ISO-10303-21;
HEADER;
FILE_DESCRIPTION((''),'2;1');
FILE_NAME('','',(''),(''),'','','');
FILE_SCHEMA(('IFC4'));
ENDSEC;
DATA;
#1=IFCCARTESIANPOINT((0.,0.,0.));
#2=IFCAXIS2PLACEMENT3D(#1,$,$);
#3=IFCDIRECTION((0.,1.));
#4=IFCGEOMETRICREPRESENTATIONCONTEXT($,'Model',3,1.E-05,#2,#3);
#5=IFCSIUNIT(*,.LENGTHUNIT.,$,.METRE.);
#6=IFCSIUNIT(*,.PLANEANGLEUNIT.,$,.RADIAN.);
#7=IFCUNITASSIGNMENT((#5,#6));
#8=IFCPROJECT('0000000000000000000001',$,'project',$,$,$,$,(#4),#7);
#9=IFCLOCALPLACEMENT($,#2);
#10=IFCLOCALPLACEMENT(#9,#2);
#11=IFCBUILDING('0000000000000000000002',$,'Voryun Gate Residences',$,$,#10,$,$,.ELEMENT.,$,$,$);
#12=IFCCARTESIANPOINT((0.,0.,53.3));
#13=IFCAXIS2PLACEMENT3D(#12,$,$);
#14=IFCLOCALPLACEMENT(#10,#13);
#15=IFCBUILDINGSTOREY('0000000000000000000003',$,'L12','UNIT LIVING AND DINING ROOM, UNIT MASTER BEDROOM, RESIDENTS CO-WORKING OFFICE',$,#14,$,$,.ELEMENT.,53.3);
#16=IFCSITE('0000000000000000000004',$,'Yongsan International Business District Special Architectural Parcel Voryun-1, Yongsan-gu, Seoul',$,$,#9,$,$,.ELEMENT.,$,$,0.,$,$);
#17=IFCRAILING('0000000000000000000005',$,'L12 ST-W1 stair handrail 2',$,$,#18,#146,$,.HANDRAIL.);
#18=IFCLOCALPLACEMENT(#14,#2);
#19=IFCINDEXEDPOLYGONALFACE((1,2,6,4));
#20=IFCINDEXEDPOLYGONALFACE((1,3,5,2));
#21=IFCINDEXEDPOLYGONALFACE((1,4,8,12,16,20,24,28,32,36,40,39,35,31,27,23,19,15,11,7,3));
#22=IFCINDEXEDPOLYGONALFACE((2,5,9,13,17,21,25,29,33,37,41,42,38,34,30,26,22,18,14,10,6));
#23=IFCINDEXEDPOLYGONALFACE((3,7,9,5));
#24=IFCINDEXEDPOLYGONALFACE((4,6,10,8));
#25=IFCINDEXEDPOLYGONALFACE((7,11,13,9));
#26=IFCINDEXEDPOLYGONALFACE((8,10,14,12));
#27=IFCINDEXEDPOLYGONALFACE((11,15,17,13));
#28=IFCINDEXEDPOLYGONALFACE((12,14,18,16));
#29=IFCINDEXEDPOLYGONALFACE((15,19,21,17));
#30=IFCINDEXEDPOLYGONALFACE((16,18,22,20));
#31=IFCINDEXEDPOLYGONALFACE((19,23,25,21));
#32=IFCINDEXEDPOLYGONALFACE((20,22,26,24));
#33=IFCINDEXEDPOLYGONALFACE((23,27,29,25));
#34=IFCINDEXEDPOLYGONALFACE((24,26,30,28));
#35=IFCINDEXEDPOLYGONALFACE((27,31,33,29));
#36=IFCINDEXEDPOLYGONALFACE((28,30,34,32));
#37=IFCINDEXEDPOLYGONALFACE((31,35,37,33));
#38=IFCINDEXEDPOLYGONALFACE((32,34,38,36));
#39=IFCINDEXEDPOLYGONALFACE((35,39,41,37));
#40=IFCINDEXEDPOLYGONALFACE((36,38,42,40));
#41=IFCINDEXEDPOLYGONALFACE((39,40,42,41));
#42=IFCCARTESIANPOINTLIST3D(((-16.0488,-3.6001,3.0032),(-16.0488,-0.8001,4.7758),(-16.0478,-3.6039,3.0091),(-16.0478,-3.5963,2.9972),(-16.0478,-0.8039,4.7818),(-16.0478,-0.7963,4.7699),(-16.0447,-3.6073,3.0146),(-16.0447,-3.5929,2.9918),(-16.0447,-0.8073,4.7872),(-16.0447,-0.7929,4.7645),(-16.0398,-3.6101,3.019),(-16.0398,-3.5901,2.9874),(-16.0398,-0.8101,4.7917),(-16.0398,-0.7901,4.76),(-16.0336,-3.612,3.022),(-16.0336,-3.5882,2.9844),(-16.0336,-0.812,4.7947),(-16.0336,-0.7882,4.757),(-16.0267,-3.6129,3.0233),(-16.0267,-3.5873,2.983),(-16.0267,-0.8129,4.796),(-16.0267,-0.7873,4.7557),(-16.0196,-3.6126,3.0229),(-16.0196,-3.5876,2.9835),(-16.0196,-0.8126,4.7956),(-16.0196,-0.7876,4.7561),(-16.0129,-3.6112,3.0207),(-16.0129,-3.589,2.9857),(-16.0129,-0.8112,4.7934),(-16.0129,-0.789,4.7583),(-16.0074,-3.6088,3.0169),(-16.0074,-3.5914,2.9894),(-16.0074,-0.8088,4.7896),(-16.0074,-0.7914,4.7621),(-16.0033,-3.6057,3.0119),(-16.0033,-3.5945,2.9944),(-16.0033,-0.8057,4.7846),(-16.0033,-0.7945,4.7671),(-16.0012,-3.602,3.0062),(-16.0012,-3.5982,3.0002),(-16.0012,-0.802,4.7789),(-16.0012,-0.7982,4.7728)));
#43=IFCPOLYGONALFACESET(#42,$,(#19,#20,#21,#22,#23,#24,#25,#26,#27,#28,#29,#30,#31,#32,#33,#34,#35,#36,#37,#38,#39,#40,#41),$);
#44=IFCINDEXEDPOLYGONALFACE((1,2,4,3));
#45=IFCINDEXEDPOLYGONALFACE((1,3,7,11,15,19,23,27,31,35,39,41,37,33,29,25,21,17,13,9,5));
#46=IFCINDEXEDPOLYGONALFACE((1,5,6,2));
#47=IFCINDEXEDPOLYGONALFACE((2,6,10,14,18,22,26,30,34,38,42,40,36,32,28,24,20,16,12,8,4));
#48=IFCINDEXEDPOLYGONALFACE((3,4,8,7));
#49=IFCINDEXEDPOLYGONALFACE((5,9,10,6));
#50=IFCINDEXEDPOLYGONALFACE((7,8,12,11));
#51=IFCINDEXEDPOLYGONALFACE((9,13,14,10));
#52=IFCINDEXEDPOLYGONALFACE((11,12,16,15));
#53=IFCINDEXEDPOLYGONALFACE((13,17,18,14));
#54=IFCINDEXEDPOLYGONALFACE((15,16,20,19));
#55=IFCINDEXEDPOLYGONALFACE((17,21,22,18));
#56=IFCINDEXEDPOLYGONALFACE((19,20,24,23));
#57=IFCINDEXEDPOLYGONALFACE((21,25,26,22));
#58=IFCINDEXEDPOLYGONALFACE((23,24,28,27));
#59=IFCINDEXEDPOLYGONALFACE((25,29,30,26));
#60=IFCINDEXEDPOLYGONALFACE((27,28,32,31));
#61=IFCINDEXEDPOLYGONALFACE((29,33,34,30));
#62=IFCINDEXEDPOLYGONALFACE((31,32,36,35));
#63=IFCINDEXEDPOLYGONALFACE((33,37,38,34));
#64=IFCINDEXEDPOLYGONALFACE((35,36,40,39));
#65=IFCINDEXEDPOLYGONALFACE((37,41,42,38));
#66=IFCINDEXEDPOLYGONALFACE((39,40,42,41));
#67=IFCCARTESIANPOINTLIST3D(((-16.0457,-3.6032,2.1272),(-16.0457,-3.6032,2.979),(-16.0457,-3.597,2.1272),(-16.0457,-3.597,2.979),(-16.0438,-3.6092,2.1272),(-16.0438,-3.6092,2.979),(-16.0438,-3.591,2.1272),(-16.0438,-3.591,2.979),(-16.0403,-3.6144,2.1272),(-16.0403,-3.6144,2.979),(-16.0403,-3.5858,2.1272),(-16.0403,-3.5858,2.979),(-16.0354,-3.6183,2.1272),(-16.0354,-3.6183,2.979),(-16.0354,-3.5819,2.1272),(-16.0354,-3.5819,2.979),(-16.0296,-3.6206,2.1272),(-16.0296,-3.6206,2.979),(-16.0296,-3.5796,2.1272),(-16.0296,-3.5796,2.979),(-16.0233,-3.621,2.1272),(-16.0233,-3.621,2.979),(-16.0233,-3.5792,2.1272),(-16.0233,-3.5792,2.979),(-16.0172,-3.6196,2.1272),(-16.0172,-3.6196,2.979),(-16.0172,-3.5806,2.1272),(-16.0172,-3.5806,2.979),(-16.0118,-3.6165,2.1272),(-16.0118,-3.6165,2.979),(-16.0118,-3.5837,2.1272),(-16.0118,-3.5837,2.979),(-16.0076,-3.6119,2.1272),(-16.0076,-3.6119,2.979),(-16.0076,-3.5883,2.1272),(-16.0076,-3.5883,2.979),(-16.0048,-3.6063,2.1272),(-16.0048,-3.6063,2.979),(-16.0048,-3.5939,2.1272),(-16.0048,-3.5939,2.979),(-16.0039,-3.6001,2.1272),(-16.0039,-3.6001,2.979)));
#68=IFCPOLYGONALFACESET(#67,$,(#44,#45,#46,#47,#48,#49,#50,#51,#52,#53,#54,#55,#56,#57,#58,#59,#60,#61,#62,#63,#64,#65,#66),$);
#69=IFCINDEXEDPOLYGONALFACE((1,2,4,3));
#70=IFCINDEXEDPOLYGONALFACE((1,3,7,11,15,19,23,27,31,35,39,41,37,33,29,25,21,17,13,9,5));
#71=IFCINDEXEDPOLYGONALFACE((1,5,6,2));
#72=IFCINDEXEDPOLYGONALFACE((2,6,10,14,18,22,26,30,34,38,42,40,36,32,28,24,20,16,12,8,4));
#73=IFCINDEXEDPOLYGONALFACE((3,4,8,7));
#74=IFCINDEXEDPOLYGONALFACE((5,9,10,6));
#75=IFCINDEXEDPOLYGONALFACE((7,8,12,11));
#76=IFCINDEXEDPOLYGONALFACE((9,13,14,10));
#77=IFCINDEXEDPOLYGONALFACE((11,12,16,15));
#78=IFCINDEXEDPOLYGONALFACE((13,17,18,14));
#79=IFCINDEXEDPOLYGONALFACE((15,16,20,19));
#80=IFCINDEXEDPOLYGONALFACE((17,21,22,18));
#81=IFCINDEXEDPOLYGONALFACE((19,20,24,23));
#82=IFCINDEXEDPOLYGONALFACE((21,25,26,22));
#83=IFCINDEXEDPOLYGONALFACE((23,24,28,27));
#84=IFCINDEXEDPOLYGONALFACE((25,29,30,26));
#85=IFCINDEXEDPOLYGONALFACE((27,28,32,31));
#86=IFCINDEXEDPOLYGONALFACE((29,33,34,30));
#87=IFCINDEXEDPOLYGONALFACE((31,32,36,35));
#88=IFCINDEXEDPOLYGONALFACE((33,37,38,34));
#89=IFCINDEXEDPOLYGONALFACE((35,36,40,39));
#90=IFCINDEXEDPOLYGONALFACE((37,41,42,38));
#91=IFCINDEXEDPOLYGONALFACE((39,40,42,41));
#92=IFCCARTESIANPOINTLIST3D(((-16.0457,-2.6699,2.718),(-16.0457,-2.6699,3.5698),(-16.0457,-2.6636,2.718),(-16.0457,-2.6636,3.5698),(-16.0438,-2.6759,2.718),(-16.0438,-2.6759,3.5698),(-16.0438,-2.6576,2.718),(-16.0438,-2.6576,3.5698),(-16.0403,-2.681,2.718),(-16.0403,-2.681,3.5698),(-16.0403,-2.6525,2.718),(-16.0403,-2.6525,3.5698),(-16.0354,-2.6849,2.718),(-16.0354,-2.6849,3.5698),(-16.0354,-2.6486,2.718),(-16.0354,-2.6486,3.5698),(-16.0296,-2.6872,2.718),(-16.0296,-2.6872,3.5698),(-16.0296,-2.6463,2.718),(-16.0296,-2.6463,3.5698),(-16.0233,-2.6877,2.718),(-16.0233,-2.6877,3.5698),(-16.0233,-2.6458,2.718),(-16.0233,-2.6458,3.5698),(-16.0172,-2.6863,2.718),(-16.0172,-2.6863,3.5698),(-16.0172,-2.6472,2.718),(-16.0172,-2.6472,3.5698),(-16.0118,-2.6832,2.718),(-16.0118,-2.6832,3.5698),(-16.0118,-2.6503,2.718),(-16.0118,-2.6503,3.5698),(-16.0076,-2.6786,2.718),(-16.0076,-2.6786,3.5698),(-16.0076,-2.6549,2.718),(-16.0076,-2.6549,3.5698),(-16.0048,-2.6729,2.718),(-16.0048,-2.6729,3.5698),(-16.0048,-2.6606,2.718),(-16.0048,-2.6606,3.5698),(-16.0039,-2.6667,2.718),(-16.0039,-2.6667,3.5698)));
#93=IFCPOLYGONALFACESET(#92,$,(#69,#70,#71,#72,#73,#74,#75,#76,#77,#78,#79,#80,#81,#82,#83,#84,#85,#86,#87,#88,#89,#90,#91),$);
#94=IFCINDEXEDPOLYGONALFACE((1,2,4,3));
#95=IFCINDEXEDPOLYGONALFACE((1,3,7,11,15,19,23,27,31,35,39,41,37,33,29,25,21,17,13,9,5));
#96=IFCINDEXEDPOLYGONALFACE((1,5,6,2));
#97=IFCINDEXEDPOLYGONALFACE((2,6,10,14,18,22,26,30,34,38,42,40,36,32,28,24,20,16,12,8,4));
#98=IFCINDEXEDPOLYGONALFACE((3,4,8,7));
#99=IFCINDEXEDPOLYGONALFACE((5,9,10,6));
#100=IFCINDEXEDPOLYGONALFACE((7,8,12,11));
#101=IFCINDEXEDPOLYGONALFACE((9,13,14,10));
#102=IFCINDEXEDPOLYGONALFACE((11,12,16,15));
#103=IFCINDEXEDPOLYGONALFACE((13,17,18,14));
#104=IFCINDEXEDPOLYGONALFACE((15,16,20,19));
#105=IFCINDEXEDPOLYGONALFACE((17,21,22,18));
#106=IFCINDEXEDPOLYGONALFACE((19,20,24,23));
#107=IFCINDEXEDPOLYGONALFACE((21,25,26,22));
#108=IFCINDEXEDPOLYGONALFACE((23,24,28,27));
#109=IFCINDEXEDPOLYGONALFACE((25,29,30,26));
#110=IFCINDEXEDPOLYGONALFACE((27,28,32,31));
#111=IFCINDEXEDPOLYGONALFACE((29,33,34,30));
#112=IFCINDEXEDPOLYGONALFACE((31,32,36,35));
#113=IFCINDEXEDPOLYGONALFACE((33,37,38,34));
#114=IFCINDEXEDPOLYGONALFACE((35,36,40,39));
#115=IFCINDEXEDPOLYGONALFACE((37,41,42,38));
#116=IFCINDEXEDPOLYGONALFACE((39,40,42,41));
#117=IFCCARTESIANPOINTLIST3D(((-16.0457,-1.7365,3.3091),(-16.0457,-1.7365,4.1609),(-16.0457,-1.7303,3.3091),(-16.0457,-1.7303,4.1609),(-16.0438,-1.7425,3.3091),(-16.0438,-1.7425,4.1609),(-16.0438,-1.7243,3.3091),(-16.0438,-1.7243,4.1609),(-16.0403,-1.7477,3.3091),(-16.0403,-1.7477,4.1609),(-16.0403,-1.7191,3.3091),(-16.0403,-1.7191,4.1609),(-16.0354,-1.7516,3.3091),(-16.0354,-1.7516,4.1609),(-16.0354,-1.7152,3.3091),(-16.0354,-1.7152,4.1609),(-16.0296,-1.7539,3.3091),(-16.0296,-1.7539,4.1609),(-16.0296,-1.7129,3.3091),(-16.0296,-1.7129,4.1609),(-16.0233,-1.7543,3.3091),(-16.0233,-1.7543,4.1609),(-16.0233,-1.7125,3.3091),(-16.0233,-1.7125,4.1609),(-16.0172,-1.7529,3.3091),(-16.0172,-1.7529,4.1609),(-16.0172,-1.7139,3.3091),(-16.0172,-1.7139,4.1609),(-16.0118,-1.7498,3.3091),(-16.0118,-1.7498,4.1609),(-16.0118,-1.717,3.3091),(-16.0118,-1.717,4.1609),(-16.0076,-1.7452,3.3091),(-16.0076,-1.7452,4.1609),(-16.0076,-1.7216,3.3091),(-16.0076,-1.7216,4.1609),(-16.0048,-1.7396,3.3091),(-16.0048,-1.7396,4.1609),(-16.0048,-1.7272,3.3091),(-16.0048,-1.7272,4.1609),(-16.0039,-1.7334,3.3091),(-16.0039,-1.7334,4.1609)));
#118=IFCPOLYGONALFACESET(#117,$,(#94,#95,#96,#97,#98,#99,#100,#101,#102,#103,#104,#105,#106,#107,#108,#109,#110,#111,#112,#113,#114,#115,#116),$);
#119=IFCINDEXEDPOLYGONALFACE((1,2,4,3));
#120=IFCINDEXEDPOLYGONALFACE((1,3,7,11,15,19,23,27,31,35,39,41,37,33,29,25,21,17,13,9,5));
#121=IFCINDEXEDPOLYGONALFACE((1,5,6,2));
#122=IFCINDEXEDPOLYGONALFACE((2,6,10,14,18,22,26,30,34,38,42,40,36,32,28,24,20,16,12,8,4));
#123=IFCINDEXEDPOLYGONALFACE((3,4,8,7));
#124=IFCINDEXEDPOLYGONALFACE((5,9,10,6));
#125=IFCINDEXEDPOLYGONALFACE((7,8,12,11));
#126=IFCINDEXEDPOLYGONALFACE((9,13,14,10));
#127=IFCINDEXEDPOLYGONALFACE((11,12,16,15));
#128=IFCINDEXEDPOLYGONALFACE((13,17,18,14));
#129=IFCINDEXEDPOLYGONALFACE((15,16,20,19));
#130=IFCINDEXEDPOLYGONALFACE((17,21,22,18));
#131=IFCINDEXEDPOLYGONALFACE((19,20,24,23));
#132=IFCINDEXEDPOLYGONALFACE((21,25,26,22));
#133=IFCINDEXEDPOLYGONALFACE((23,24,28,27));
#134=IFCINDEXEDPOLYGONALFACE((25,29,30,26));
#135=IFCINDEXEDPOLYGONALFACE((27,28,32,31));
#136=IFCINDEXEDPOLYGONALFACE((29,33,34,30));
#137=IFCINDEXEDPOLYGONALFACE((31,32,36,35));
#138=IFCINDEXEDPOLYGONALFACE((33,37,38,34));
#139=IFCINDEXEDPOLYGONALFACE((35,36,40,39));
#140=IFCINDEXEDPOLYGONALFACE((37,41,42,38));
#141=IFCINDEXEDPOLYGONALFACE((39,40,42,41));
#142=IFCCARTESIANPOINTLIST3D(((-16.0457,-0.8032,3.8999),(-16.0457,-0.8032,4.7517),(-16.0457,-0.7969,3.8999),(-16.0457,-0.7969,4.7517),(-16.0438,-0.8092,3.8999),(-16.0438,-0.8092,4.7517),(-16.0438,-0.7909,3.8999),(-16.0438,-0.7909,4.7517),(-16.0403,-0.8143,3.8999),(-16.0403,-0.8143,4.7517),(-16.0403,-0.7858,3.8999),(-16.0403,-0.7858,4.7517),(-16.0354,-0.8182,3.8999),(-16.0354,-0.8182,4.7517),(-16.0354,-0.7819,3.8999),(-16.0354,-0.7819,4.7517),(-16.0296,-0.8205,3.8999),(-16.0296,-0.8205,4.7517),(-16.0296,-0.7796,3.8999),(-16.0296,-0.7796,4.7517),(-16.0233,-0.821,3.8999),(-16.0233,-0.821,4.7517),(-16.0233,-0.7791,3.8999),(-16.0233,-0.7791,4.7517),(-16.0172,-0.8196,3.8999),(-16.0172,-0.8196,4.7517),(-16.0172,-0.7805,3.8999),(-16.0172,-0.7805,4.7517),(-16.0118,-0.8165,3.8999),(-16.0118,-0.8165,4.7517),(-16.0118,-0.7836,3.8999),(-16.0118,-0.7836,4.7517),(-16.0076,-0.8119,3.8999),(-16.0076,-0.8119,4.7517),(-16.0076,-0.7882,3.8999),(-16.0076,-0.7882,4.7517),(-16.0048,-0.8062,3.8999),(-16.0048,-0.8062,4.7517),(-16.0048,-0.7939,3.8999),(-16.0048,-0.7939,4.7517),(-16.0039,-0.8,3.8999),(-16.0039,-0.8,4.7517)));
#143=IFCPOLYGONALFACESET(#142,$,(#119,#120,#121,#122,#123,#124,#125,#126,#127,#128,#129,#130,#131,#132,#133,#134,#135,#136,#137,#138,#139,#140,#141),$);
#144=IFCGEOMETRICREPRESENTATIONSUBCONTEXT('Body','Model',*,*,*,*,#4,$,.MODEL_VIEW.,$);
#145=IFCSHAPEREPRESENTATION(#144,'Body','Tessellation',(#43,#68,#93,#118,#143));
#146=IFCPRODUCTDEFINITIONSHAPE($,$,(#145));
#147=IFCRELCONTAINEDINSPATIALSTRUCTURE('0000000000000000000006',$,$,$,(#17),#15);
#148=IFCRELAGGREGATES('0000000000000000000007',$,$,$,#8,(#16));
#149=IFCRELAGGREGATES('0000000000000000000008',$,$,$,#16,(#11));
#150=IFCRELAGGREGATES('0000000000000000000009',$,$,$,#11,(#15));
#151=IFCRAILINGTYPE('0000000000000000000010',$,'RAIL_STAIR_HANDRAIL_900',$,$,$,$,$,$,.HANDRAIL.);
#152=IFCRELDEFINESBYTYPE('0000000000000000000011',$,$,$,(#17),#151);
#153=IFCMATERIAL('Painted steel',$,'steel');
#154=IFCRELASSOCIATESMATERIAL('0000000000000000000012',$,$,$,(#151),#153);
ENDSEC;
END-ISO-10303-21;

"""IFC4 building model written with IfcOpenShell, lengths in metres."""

from ifc_helpers import new_model, si_unit, direction, frame, origin, origin_2d, place, context, subcontext, project, spatial, circle, extrude, material, type_object, element, save


model = new_model("IFC4")

# Units and contexts
model_context = context("Model", 3, precision=1e-05, world=origin(), true_north=direction((0.0, 1.0)))
body_context = subcontext(model_context, "Body", "Model", "MODEL_VIEW")
ifc_project = project(units=[si_unit("LENGTHUNIT", "METRE"), si_unit("PLANEANGLEUNIT", "RADIAN")], contexts=[model_context])

# Site, building, storey
site_placement = place(None, origin())
site = spatial("IfcSite", under=ifc_project, at=site_placement, Name="Yongsan International Business District Special Architectural Parcel Voryun-1, Yongsan-gu, Seoul", CompositionType="ELEMENT", RefElevation=0.0)
building_placement = place(site_placement, origin())
building = spatial("IfcBuilding", under=site, at=building_placement, Name="Voryun Gate Residences", CompositionType="ELEMENT")
storey_placement = place(building_placement, frame((0.0, 0.0, 53.3)))
storey = spatial("IfcBuildingStorey", under=building, at=storey_placement, Name="L12", Description="UNIT LIVING AND DINING ROOM, UNIT MASTER BEDROOM, RESIDENTS CO-WORKING OFFICE", CompositionType="ELEMENT", Elevation=53.3)

# Railing
ifc_material_1 = material(Name="Painted steel", Category="steel")
railing_type_1 = type_object("IfcRailingType", Name="RAIL_STAIR_HANDRAIL_900", PredefinedType="HANDRAIL", material=ifc_material_1)
railing_1_placement = place(storey_placement, frame((-16.0249, -3.6001, 2.1272)))
element("IfcRailing", 1, at=railing_1_placement, inside=storey, type_object=railing_type_1, Name="L12 ST-W1 stair handrail 2", PredefinedType="HANDRAIL", context=body_context, shape_type="SweptSolid", body=[
    extrude(circle(Radius=0.0239, at=origin_2d()), frame((0.0, 0.0, 0.876), z_axis=(0.0, 0.844909, 0.53491), x_axis=(-1.0, 0.0, 0.0)), (0.0, 0.0, 1.0), 3.314),
    extrude(circle(Radius=0.021, at=origin_2d()), origin(), (0.0, 0.0, 1.0), 0.8518),
    extrude(circle(Radius=0.021, at=origin_2d()), frame((0.0, 0.9333, 0.5908)), (0.0, 0.0, 1.0), 0.8518),
    extrude(circle(Radius=0.021, at=origin_2d()), frame((0.0, 1.8667, 1.1819)), (0.0, 0.0, 1.0), 0.8518),
    extrude(circle(Radius=0.021, at=origin_2d()), frame((0.0, 2.8, 1.7727)), (0.0, 0.0, 1.0), 0.8518),
])

save(model, "model.ifc")
